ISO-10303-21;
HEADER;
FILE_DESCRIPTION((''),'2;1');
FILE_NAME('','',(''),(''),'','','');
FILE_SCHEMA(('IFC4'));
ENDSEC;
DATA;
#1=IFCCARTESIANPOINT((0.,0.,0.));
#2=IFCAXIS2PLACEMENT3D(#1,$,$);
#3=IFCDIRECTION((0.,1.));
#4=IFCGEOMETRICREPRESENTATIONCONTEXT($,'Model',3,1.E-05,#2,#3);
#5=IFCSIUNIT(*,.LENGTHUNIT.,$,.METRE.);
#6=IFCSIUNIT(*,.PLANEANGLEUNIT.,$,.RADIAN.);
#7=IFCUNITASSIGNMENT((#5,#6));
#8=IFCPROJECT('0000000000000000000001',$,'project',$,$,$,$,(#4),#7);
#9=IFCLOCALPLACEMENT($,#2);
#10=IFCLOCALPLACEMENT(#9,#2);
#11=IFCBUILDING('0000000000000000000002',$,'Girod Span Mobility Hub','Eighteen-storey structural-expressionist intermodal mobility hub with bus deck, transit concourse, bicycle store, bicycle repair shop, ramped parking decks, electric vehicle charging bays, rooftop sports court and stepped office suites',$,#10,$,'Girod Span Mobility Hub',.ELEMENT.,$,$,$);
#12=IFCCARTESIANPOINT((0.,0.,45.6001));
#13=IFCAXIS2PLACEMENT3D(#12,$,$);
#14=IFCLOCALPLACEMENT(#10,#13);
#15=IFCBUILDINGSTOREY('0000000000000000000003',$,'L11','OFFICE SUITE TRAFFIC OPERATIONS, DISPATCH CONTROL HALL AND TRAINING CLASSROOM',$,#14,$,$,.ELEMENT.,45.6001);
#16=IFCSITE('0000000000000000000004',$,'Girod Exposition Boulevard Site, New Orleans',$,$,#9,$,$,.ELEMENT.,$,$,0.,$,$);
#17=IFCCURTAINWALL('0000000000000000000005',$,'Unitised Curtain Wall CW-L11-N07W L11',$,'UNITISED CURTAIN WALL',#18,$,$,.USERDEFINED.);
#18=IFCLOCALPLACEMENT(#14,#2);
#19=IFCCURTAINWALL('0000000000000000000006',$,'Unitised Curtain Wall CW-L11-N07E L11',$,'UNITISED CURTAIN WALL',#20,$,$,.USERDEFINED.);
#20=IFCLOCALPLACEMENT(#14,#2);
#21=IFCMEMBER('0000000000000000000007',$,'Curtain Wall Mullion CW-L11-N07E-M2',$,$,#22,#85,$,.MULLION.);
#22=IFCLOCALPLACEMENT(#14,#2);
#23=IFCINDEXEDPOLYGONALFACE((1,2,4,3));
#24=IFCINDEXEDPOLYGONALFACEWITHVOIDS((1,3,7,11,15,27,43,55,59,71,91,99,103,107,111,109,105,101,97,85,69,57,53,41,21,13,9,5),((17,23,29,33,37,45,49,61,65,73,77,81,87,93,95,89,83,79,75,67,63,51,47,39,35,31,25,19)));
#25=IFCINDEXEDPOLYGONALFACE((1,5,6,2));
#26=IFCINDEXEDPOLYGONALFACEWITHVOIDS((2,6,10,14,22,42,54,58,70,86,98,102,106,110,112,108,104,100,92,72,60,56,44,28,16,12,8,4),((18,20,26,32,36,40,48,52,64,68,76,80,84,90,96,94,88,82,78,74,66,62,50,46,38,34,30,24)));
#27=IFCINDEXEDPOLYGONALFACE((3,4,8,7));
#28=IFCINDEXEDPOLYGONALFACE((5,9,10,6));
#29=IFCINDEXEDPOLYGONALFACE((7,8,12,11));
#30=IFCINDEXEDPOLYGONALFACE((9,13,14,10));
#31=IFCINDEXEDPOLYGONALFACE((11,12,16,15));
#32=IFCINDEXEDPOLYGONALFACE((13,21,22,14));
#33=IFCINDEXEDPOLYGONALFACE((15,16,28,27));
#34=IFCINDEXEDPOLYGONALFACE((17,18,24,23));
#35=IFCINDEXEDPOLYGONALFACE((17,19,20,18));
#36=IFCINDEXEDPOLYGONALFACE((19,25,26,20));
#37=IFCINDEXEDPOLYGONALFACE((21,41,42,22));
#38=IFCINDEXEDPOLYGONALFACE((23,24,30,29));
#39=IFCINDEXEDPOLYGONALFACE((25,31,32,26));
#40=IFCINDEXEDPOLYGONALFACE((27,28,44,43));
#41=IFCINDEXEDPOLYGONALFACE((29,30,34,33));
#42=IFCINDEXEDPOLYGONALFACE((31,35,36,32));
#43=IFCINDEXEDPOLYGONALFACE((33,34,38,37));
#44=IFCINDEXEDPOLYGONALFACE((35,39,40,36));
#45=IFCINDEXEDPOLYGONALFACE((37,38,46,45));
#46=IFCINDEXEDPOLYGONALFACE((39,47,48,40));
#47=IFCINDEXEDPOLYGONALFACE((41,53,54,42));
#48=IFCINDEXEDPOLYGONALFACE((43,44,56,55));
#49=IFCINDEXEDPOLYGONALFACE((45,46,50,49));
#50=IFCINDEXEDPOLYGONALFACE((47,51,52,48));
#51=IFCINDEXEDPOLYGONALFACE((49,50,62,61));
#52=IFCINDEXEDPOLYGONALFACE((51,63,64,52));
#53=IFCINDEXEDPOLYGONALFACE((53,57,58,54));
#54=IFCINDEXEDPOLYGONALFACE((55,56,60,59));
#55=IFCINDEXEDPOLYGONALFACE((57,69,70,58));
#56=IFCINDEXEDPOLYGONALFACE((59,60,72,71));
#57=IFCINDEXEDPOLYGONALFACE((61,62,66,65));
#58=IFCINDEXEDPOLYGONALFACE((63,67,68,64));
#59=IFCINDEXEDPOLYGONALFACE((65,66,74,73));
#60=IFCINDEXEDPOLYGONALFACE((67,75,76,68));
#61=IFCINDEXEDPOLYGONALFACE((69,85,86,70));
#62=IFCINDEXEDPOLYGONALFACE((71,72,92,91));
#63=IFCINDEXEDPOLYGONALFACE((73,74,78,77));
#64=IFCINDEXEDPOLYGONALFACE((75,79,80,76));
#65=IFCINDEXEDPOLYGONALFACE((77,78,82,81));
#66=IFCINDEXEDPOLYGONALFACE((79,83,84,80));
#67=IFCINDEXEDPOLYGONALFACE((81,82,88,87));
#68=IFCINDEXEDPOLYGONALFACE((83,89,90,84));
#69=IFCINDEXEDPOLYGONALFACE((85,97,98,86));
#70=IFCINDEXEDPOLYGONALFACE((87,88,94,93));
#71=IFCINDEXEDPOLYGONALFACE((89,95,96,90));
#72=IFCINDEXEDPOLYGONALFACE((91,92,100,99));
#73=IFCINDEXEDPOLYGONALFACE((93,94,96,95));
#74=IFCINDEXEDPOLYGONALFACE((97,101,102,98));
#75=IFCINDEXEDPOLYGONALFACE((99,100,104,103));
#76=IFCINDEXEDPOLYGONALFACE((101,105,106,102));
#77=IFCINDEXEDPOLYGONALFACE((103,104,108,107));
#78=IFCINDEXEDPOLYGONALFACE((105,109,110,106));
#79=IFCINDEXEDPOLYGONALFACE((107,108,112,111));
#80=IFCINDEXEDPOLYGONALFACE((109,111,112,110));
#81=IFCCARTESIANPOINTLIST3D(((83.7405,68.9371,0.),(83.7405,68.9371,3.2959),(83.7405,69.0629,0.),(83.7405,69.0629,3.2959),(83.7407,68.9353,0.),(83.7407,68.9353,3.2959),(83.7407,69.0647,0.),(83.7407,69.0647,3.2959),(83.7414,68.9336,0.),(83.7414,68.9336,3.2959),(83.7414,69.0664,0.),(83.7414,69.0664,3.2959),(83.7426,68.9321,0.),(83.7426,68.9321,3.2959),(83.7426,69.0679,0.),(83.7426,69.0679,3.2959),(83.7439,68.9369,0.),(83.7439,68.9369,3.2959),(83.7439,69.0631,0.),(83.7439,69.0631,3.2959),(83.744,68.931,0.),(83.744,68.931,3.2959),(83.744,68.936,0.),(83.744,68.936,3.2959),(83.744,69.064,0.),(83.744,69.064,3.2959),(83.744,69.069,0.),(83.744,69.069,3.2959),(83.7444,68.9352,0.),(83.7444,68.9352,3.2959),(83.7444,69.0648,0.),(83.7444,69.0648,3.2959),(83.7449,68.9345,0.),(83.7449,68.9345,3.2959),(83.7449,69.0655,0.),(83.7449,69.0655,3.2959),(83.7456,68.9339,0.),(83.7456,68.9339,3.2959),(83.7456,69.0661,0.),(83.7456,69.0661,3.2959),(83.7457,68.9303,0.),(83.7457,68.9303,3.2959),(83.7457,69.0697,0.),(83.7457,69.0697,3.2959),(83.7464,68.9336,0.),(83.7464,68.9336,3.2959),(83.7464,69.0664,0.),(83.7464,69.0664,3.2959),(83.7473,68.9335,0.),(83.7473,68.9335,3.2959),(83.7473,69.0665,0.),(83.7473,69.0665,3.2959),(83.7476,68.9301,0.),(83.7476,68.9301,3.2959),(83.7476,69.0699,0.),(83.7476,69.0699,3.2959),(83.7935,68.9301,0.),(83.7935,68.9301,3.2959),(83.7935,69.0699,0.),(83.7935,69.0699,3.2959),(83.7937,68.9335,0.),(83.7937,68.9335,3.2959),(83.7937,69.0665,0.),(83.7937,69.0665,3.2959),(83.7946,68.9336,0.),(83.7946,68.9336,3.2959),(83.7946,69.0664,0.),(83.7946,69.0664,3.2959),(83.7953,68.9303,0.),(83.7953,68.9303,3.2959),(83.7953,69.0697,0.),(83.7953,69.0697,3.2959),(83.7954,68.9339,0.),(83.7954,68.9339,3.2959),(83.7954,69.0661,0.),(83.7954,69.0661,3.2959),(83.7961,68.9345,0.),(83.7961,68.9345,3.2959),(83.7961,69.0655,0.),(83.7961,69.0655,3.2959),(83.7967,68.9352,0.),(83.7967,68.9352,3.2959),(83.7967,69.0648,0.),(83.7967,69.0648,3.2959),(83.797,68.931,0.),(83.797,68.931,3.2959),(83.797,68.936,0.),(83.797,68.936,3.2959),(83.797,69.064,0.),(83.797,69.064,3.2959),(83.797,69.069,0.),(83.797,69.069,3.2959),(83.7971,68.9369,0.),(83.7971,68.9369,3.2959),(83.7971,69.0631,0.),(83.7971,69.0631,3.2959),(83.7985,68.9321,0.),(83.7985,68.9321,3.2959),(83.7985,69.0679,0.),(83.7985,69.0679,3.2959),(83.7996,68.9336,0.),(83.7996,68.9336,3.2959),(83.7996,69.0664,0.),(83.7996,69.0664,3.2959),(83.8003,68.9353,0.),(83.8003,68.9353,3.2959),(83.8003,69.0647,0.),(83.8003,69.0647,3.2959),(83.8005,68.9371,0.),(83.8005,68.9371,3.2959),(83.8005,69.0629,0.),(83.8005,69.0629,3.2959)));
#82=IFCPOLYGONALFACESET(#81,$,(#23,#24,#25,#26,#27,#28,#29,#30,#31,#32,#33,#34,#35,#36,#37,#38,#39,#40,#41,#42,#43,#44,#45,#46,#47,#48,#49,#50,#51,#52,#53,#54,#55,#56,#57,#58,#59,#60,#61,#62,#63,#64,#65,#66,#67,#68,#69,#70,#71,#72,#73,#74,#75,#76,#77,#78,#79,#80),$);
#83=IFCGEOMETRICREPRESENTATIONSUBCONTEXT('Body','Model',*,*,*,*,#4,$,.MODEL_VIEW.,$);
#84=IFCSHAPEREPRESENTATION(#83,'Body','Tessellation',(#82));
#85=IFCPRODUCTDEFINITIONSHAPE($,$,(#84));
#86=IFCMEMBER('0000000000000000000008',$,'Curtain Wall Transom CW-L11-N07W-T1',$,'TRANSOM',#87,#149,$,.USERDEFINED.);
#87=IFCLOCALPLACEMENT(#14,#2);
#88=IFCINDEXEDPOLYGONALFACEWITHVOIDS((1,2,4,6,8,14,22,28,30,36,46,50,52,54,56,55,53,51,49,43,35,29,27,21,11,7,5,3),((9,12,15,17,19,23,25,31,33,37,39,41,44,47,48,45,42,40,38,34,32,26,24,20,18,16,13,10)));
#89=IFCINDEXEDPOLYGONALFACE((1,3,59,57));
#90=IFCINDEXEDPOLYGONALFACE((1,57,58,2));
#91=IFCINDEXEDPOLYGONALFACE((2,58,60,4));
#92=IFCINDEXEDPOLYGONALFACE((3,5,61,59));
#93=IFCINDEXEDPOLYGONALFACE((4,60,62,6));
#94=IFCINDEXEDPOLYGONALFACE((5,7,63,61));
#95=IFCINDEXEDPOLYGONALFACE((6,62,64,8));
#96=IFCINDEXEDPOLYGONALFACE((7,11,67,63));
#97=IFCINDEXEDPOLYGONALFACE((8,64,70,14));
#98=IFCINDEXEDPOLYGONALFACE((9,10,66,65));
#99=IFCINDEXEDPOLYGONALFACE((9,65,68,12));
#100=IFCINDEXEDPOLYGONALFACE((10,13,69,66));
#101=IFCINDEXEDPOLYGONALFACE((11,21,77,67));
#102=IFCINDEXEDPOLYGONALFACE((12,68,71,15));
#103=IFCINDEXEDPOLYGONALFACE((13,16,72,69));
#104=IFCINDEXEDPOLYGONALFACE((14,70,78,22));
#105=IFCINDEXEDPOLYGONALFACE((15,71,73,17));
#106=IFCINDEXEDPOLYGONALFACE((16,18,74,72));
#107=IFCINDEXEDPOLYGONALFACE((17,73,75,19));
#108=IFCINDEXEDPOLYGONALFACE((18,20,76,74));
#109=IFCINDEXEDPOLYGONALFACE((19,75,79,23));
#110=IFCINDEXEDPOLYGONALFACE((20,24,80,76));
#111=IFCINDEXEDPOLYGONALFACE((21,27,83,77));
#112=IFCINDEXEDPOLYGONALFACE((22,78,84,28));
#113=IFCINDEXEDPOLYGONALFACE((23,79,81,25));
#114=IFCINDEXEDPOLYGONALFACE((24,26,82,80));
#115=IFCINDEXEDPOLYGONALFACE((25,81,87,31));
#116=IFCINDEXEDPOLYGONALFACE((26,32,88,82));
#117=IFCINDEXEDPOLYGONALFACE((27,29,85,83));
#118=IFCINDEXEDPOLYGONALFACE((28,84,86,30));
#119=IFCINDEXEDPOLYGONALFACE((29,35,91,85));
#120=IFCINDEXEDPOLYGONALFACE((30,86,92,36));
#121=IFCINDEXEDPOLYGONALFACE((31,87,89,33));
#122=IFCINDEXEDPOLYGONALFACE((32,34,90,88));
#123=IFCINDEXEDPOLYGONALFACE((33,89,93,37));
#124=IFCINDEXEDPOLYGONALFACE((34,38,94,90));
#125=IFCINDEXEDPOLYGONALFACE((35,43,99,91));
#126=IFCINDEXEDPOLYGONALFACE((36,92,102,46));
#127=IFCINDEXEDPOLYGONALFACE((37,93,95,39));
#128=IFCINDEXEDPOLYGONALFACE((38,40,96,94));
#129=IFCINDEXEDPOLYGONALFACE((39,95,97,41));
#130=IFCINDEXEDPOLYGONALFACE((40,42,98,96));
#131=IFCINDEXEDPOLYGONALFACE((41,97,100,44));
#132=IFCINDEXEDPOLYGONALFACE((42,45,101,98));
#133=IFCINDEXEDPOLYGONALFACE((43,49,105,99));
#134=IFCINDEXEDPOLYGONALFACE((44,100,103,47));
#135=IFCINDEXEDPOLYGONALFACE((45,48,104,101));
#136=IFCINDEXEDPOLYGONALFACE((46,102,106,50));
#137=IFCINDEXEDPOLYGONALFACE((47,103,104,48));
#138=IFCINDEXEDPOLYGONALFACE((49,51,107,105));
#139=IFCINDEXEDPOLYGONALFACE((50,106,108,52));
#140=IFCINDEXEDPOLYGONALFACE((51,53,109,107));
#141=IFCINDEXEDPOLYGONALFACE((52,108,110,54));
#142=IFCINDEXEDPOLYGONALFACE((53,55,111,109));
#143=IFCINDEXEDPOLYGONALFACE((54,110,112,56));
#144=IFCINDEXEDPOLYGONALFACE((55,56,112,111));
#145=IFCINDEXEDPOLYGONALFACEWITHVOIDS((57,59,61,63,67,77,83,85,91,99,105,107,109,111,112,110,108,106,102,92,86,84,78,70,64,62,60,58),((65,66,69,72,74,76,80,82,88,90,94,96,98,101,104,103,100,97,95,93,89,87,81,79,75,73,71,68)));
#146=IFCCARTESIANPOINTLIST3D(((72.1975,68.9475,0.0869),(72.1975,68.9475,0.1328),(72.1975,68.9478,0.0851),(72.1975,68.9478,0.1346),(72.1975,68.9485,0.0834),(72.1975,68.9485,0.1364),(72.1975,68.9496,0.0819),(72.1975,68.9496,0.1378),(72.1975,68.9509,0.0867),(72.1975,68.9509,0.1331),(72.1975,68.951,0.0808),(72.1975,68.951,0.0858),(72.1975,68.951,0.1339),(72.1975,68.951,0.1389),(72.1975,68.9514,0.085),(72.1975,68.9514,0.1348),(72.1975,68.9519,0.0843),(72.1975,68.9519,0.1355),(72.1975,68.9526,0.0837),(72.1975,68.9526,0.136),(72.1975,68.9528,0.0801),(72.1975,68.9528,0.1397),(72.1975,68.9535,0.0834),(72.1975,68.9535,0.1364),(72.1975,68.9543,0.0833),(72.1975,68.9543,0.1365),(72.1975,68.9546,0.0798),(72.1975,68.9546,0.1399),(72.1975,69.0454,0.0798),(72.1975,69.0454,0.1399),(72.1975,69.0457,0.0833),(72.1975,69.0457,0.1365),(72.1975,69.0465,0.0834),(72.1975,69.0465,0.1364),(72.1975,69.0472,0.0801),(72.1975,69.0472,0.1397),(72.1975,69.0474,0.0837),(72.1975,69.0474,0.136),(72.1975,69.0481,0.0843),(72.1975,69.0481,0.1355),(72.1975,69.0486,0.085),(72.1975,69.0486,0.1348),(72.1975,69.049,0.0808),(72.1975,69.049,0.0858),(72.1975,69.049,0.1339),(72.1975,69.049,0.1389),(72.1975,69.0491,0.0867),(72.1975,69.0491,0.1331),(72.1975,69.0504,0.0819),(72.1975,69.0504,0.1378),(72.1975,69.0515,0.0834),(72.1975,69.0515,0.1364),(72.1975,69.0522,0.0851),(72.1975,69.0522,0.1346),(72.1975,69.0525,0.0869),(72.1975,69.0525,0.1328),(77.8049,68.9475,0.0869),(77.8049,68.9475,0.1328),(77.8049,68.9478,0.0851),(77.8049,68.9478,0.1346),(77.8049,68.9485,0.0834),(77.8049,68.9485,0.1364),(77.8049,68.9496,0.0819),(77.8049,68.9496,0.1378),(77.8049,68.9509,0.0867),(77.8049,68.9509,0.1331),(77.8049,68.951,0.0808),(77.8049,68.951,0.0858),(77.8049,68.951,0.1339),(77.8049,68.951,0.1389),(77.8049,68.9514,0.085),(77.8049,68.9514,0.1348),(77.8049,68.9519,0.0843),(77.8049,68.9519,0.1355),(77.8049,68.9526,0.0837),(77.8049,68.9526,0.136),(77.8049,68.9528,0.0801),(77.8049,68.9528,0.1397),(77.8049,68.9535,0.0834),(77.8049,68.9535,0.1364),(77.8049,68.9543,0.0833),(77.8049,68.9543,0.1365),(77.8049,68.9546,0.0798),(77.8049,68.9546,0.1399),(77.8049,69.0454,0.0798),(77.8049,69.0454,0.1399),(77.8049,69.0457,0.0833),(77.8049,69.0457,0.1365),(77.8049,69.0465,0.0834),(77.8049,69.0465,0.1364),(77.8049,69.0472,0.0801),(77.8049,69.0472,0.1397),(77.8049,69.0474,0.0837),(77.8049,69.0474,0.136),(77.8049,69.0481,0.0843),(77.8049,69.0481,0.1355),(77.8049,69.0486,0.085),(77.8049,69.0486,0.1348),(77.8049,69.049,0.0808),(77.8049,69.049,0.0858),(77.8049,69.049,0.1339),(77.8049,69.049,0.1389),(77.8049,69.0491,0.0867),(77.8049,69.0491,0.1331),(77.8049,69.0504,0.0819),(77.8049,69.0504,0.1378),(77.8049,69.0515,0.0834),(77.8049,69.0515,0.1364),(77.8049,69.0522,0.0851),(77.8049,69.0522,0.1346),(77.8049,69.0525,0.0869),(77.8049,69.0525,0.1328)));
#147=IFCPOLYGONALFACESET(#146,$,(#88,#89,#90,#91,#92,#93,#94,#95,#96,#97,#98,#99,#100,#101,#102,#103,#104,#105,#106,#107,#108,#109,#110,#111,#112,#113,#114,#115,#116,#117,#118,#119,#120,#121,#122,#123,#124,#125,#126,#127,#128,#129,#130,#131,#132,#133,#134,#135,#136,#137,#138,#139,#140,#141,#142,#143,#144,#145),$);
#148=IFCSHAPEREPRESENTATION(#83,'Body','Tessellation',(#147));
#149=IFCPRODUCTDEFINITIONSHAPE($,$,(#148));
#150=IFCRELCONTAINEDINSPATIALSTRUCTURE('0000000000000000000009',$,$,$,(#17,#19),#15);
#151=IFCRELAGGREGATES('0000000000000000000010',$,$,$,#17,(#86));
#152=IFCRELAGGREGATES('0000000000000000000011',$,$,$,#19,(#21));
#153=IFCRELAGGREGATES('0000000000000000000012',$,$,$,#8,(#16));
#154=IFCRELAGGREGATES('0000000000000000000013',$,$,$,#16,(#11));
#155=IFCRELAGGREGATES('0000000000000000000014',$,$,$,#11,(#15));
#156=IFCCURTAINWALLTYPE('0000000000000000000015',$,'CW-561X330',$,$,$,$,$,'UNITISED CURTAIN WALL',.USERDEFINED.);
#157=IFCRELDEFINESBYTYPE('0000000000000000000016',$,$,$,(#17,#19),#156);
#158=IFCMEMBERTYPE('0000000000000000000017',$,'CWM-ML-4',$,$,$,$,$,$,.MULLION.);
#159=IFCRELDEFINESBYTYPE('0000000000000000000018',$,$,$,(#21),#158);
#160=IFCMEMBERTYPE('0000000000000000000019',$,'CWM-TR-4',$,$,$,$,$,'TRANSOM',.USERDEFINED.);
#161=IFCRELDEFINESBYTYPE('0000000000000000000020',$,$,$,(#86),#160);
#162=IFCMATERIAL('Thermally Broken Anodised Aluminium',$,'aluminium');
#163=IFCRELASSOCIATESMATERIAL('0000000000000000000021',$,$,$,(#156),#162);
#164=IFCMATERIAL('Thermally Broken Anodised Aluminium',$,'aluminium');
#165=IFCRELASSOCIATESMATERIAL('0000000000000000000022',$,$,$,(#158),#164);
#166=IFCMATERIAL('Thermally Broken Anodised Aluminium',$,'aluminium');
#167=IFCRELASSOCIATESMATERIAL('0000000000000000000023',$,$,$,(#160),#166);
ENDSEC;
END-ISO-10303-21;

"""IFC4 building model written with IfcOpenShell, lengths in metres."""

from ifc_helpers import new_model, si_unit, direction, frame, origin, origin_2d, place, context, subcontext, project, spatial, hollow_rectangle, extrude, material, material_profile, profile_set, type_object, element, aggregate, save


model = new_model("IFC4")

# Units and contexts
model_context = context("Model", 3, precision=1e-05, world=origin(), true_north=direction((0.0, 1.0)))
body_context = subcontext(model_context, "Body", "Model", "MODEL_VIEW")
ifc_project = project(units=[si_unit("LENGTHUNIT", "METRE"), si_unit("PLANEANGLEUNIT", "RADIAN")], contexts=[model_context])

# Site, building, storey
site_placement = place(None, origin())
site = spatial("IfcSite", under=ifc_project, at=site_placement, Name="Girod Exposition Boulevard Site, New Orleans", CompositionType="ELEMENT", RefElevation=0.0)
building_placement = place(site_placement, origin())
building = spatial("IfcBuilding", under=site, at=building_placement, Name="Girod Span Mobility Hub", Description="Eighteen-storey structural-expressionist intermodal mobility hub with bus deck, transit concourse, bicycle store, bicycle repair shop, ramped parking decks, electric vehicle charging bays, rooftop sports court and stepped office suites", LongName="Girod Span Mobility Hub", CompositionType="ELEMENT")
storey_placement = place(building_placement, frame((0.0, 0.0, 45.6001)))
storey = spatial("IfcBuildingStorey", under=building, at=storey_placement, Name="L11", Description="OFFICE SUITE TRAFFIC OPERATIONS, DISPATCH CONTROL HALL AND TRAINING CLASSROOM", CompositionType="ELEMENT", Elevation=45.6001)

# Shared definitions
ifc_material_1 = material(Name="Thermally Broken Anodised Aluminium", Category="aluminium")
curtain_wall_type = type_object("IfcCurtainWallType", Name="CW-561X330", ElementType="UNITISED CURTAIN WALL", PredefinedType="USERDEFINED", material=ifc_material_1)
ifc_material_2 = material(Name="Thermally Broken Anodised Aluminium", Category="aluminium")
ifc_material_profile_1 = material_profile(ifc_material_2, hollow_rectangle(XDim=0.1399, YDim=0.0601, WallThickness=0.0034, InnerFilletRadius=0.0034, OuterFilletRadius=0.0071, at=origin_2d()), Name="CW-ML-60X140")
ifc_profile_set_1 = profile_set([ifc_material_profile_1], Name="Thermally Broken Anodised Aluminium")
member_type_1 = type_object("IfcMemberType", Name="CWM-ML-4", PredefinedType="MULLION", material=ifc_profile_set_1)

# Curtain walls, member
curtain_wall_1_placement = place(storey_placement, origin())
curtain_wall_1 = element("IfcCurtainWall", 1, at=curtain_wall_1_placement, inside=storey, type_object=curtain_wall_type, Name="Unitised Curtain Wall CW-L11-N07W L11", ObjectType="UNITISED CURTAIN WALL", PredefinedType="USERDEFINED")
curtain_wall_2_placement = place(storey_placement, origin())
curtain_wall_2 = element("IfcCurtainWall", 2, at=curtain_wall_2_placement, inside=storey, type_object=curtain_wall_type, Name="Unitised Curtain Wall CW-L11-N07E L11", ObjectType="UNITISED CURTAIN WALL", PredefinedType="USERDEFINED")
member_1_placement = place(storey_placement, frame((83.7705, 69.0, 0.0), z_axis=(0.0, 0.0, 1.0), x_axis=(0.0, 1.0, 0.0)))
member_1 = element("IfcMember", 3, at=member_1_placement, type_object=member_type_1, Name="Curtain Wall Mullion CW-L11-N07E-M2", PredefinedType="MULLION", context=body_context, shape_type="SweptSolid", body=[
    extrude(hollow_rectangle(XDim=0.1399, YDim=0.0601, WallThickness=0.0034, InnerFilletRadius=0.0034, OuterFilletRadius=0.0071, at=origin_2d()), origin(), (0.0, 0.0, 1.0), 3.2959),
])

# Member
ifc_material_3 = material(Name="Thermally Broken Anodised Aluminium", Category="aluminium")
ifc_material_profile_2 = material_profile(ifc_material_3, hollow_rectangle(XDim=0.105, YDim=0.0601, WallThickness=0.0034, InnerFilletRadius=0.0034, OuterFilletRadius=0.0071, at=origin_2d()), Name="CW-TR-60X105")
ifc_profile_set_2 = profile_set([ifc_material_profile_2], Name="Thermally Broken Anodised Aluminium")
member_type_2 = type_object("IfcMemberType", Name="CWM-TR-4", ElementType="TRANSOM", PredefinedType="USERDEFINED", material=ifc_profile_set_2)
member_2_placement = place(storey_placement, frame((72.1975, 69.0, 0.1099), z_axis=(1.0, 0.0, 0.0), x_axis=(0.0, 1.0, 0.0)))
member_2 = element("IfcMember", 4, at=member_2_placement, type_object=member_type_2, Name="Curtain Wall Transom CW-L11-N07W-T1", ObjectType="TRANSOM", PredefinedType="USERDEFINED", context=body_context, shape_type="SweptSolid", body=[
    extrude(hollow_rectangle(XDim=0.105, YDim=0.0601, WallThickness=0.0034, InnerFilletRadius=0.0034, OuterFilletRadius=0.0071, at=origin_2d()), origin(), (0.0, 0.0, 1.0), 5.6074),
])

aggregate(curtain_wall_1, [member_2])
aggregate(curtain_wall_2, [member_1])

save(model, "model.ifc")
